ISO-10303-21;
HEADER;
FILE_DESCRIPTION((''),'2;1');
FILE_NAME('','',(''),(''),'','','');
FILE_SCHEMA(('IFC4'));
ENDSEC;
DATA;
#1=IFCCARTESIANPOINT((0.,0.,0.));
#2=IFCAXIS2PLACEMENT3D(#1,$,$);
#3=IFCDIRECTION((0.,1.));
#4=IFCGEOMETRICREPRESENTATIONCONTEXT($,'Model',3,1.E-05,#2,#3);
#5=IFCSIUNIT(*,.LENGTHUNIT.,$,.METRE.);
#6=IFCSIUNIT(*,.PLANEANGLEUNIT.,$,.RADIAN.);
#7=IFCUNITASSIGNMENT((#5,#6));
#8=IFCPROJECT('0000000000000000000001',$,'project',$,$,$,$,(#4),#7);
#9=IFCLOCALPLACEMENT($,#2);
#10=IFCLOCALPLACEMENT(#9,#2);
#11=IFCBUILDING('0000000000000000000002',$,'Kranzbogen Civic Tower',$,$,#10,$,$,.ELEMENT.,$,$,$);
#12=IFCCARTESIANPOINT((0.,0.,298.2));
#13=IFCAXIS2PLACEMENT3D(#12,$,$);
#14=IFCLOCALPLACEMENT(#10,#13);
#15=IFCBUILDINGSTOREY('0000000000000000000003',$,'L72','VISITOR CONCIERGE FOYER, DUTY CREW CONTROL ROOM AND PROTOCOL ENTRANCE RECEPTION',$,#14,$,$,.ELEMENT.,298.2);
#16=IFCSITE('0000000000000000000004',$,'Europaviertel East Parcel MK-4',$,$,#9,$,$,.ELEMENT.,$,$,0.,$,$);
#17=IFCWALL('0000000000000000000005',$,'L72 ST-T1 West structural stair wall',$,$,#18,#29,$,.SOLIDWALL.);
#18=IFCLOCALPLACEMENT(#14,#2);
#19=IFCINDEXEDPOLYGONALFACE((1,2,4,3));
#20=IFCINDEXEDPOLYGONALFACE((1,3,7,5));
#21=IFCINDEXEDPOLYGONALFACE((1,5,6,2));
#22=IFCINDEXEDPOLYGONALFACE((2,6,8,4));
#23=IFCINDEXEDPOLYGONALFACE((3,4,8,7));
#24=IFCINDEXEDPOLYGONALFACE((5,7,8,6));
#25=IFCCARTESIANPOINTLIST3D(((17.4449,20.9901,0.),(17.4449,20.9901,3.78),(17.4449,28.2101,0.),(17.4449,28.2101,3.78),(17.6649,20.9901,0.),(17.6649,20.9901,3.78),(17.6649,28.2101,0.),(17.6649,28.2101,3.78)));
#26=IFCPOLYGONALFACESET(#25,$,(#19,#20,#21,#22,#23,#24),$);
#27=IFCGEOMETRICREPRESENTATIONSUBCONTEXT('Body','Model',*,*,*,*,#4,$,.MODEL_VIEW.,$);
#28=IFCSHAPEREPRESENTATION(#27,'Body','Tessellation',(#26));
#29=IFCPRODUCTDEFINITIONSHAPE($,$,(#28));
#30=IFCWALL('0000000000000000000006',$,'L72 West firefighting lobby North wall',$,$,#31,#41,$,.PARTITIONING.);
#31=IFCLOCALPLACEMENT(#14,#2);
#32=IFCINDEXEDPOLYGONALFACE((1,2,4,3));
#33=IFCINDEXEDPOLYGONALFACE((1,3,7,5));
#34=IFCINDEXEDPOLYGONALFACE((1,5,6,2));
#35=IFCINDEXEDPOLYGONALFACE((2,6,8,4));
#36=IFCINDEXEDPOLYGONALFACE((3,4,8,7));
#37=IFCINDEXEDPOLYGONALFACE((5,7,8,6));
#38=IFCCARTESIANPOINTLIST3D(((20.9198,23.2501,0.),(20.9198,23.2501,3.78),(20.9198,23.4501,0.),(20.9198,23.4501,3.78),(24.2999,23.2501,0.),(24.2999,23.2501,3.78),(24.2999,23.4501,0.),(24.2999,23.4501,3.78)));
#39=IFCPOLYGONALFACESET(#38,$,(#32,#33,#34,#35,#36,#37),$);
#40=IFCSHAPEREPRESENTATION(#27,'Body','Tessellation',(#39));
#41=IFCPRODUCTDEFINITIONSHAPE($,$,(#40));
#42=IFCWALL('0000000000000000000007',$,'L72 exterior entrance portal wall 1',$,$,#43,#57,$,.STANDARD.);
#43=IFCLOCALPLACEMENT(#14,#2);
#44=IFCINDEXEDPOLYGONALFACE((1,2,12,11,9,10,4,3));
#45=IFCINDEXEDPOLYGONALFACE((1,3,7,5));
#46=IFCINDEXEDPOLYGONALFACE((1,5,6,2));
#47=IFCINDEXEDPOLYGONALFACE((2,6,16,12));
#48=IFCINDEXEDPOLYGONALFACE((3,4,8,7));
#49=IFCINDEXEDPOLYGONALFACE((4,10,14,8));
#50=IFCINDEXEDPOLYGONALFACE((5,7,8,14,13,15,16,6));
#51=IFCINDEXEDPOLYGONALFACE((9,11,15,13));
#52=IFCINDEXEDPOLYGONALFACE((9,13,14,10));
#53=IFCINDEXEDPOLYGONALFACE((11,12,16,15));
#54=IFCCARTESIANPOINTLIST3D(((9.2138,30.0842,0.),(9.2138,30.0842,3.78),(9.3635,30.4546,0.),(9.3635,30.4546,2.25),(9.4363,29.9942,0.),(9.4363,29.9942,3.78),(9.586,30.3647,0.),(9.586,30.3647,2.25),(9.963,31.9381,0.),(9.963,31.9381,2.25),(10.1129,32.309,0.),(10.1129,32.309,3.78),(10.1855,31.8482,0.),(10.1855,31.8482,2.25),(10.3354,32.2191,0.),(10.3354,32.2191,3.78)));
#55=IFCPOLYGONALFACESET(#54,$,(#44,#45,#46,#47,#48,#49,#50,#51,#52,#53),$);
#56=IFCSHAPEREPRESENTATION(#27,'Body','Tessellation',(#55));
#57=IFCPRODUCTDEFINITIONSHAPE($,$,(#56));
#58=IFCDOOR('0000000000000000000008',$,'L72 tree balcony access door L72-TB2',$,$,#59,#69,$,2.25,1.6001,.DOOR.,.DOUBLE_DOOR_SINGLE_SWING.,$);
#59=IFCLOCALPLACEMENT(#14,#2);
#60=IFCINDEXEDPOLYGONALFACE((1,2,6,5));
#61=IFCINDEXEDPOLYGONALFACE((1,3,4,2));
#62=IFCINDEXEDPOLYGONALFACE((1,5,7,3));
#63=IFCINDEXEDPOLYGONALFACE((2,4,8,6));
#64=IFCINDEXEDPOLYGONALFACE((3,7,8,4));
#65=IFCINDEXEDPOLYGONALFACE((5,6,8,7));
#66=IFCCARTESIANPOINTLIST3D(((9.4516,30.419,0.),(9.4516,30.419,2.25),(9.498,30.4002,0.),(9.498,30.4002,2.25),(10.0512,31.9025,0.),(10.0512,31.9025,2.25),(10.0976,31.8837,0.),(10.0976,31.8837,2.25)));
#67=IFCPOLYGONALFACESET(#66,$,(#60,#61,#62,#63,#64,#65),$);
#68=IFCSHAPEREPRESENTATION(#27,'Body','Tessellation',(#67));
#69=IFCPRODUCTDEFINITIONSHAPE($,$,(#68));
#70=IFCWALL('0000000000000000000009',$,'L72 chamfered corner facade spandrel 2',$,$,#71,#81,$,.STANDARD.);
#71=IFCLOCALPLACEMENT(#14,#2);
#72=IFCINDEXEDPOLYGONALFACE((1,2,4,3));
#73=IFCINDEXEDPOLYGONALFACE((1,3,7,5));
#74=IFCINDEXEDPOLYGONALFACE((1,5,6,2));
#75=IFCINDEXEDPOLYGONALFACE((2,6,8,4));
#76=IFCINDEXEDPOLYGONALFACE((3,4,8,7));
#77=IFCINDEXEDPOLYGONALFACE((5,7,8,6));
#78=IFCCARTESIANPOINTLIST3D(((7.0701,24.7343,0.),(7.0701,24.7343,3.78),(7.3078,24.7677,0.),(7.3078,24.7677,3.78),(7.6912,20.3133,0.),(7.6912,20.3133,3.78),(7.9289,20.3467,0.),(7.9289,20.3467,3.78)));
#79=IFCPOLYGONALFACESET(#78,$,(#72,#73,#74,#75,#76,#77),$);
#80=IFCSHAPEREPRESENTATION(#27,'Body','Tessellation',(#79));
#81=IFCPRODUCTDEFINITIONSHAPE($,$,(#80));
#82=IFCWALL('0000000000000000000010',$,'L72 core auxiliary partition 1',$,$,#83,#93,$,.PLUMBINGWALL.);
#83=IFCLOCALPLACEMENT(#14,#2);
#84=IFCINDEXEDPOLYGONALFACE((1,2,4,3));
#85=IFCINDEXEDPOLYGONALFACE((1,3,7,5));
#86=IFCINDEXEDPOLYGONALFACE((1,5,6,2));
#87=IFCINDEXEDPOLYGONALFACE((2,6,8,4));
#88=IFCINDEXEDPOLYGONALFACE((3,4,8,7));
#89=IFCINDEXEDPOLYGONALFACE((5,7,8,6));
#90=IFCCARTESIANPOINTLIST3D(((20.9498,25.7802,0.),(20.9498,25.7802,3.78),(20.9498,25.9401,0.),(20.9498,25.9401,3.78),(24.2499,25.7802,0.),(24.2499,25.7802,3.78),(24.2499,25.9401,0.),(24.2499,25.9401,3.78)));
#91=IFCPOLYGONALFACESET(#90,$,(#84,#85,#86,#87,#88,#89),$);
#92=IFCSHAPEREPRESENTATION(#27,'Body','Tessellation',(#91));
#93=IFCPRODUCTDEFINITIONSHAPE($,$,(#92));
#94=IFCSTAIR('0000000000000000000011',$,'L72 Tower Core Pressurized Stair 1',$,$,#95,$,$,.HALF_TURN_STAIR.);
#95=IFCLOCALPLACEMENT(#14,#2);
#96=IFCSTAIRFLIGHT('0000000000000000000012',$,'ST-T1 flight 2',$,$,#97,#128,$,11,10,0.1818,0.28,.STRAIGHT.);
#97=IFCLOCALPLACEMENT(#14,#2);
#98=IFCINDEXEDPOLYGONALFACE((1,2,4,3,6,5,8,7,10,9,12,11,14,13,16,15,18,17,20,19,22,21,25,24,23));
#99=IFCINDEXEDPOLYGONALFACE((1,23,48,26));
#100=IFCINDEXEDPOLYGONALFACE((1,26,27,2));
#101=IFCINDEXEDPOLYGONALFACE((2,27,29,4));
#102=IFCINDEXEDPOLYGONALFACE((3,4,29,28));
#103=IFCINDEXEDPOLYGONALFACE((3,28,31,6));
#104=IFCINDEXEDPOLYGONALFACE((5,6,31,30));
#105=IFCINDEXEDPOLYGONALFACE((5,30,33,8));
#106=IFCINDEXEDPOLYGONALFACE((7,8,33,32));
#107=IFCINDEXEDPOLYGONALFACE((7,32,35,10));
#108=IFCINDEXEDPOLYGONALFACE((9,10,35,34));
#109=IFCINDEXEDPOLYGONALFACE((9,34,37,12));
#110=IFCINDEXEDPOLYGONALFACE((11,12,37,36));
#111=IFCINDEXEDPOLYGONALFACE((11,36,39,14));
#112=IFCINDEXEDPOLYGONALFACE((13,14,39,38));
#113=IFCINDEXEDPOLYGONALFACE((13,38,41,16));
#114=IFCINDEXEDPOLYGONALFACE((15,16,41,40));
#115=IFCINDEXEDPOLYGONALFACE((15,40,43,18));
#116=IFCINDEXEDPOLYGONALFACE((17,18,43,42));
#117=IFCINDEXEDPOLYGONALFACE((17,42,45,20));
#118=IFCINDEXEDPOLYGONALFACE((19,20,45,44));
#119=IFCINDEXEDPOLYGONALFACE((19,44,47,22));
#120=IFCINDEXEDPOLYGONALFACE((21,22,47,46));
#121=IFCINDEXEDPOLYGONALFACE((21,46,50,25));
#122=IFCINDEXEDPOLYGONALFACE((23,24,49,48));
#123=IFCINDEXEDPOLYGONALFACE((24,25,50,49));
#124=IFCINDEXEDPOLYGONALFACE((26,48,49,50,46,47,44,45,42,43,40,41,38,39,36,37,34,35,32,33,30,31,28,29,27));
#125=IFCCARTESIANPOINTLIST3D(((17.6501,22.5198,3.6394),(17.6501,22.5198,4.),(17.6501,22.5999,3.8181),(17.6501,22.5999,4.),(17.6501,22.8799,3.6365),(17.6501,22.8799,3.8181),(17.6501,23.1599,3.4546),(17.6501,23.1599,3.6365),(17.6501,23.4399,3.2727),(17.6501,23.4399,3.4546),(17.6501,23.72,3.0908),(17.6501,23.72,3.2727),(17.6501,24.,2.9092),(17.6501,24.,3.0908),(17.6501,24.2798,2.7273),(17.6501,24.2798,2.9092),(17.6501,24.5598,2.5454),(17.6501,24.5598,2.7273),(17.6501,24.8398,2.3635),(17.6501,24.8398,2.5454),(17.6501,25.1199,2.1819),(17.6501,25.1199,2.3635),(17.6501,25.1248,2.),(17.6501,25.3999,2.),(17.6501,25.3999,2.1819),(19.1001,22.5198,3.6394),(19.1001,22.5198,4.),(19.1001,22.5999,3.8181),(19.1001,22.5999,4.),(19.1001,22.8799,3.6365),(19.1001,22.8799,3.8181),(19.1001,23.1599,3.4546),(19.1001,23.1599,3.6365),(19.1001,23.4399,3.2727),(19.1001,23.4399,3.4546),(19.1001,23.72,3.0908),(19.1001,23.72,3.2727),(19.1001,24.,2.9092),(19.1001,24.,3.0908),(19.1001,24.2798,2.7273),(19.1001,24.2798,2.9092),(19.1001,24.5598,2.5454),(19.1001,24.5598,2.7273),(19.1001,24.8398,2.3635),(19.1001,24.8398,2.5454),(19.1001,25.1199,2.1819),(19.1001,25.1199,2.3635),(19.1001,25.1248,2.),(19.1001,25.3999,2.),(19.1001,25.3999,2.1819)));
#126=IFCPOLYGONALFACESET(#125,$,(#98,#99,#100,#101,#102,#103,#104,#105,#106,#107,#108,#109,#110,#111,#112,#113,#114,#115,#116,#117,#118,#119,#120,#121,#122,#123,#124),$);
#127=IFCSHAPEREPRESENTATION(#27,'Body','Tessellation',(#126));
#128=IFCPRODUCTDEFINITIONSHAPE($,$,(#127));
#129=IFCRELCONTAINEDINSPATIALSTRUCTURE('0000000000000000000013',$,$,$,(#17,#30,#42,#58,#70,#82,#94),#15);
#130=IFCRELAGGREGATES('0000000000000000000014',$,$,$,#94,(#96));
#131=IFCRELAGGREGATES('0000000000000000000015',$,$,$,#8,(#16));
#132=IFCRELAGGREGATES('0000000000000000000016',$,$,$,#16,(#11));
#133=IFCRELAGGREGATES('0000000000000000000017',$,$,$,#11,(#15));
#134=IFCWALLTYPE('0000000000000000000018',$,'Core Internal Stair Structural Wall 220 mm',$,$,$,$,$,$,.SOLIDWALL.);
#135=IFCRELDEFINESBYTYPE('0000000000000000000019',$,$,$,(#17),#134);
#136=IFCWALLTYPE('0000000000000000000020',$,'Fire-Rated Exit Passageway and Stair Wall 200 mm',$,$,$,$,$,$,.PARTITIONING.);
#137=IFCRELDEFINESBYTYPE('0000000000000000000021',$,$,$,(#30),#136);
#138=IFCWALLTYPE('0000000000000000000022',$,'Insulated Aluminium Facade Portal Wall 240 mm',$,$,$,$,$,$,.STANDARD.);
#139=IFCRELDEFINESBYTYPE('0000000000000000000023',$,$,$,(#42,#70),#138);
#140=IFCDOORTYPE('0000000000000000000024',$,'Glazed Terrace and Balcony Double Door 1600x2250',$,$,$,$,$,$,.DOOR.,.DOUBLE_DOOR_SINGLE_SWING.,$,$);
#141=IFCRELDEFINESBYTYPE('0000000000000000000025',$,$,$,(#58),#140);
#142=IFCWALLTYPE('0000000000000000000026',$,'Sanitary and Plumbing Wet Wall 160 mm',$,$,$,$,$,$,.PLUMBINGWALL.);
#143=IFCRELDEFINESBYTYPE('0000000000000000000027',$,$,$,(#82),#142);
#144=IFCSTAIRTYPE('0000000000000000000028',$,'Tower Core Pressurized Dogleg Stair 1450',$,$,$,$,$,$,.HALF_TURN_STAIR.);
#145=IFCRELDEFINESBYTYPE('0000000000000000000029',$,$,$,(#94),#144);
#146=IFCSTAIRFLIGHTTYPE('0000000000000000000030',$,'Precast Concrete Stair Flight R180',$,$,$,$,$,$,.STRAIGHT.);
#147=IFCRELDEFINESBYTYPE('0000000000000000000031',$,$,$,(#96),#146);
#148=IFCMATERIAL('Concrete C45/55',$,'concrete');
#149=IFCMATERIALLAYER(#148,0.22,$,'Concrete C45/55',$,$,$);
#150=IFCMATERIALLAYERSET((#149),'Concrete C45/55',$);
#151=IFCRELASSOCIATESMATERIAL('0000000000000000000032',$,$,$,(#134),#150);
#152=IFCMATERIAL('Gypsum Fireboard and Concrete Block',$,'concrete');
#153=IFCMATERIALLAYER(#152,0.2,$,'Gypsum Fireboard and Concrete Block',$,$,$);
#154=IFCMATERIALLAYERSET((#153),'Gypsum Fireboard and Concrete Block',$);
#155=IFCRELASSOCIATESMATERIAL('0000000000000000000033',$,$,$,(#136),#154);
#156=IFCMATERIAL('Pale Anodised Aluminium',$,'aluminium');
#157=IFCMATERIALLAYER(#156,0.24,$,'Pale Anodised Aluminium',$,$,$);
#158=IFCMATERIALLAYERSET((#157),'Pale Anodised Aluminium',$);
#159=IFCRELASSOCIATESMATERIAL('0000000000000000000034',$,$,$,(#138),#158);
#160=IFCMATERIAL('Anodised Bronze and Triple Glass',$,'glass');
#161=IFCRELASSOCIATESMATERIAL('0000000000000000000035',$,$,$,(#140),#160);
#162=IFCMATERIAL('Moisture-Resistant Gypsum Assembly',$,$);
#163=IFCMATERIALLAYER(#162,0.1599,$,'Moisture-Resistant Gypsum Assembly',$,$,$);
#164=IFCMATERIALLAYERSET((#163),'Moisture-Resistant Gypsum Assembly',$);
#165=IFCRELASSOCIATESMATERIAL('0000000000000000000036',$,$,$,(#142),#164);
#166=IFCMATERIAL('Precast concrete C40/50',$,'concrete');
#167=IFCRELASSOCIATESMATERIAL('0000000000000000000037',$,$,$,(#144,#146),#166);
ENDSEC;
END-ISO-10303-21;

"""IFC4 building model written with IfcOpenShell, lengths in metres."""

from ifc_helpers import new_model, si_unit, direction, frame, frame_2d, origin, place, context, subcontext, project, spatial, polyline, rectangle, outline, extrude, material, layer, layer_set, type_object, element, fill, aggregate, save


model = new_model("IFC4")

# Units and contexts
model_context = context("Model", 3, precision=1e-05, world=origin(), true_north=direction((0.0, 1.0)))
body_context = subcontext(model_context, "Body", "Model", "MODEL_VIEW")
ifc_project = project(units=[si_unit("LENGTHUNIT", "METRE"), si_unit("PLANEANGLEUNIT", "RADIAN")], contexts=[model_context])

# Site, building, storey
site_placement = place(None, origin())
site = spatial("IfcSite", under=ifc_project, at=site_placement, Name="Europaviertel East Parcel MK-4", CompositionType="ELEMENT", RefElevation=0.0)
building_placement = place(site_placement, origin())
building = spatial("IfcBuilding", under=site, at=building_placement, Name="Kranzbogen Civic Tower", CompositionType="ELEMENT")
storey_placement = place(building_placement, frame((0.0, 0.0, 298.2)))
storey = spatial("IfcBuildingStorey", under=building, at=storey_placement, Name="L72", Description="VISITOR CONCIERGE FOYER, DUTY CREW CONTROL ROOM AND PROTOCOL ENTRANCE RECEPTION", CompositionType="ELEMENT", Elevation=298.2)

# Shared definitions
ifc_material_1 = material(Name="Pale Anodised Aluminium", Category="aluminium")

# Shared definitions
ifc_material_2 = material(Name="Concrete C45/55", Category="concrete")

# Walls
ifc_layer_1 = layer(ifc_material_2, 0.22, Name="Concrete C45/55")
ifc_layer_set_1 = layer_set([ifc_layer_1], Name="Concrete C45/55")
wall_type_1 = type_object("IfcWallType", Name="Core Internal Stair Structural Wall 220 mm", PredefinedType="SOLIDWALL", material=ifc_layer_set_1)
wall_1_placement = place(storey_placement, frame((17.5549, 28.21, 0.0), z_axis=(0.0, 0.0, 1.0), x_axis=(0.0, -1.0, 0.0)))
element("IfcWall", 1, at=wall_1_placement, inside=storey, type_object=wall_type_1, Name="L72 ST-T1 West structural stair wall", PredefinedType="SOLIDWALL", context=body_context, shape_type="SweptSolid", body=[
    extrude(rectangle(XDim=7.22, YDim=0.22, at=frame_2d((3.6099, 0.0))), origin(), (0.0, 0.0, 1.0), 3.78),
])
ifc_material_3 = material(Name="Gypsum Fireboard and Concrete Block", Category="concrete")
ifc_layer_2 = layer(ifc_material_3, 0.2, Name="Gypsum Fireboard and Concrete Block")
ifc_layer_set_2 = layer_set([ifc_layer_2], Name="Gypsum Fireboard and Concrete Block")
wall_type_2 = type_object("IfcWallType", Name="Fire-Rated Exit Passageway and Stair Wall 200 mm", PredefinedType="PARTITIONING", material=ifc_layer_set_2)
wall_2_placement = place(storey_placement, frame((20.9199, 23.3501, 0.0), z_axis=(0.0, 0.0, 1.0), x_axis=(1.0, 0.0, 0.0)))
element("IfcWall", 2, at=wall_2_placement, inside=storey, type_object=wall_type_2, Name="L72 West firefighting lobby North wall", PredefinedType="PARTITIONING", context=body_context, shape_type="SweptSolid", body=[
    extrude(rectangle(XDim=3.3801, YDim=0.2, at=frame_2d((1.6899, 0.0))), origin(), (0.0, 0.0, 1.0), 3.78),
])

# Wall, opening, door
ifc_layer_3 = layer(ifc_material_1, 0.24, Name="Pale Anodised Aluminium")
ifc_layer_set_3 = layer_set([ifc_layer_3], Name="Pale Anodised Aluminium")
wall_type_3 = type_object("IfcWallType", Name="Insulated Aluminium Facade Portal Wall 240 mm", PredefinedType="STANDARD", material=ifc_layer_set_3)
wall_3_placement = place(storey_placement, frame((10.2241, 32.2639, 0.0), z_axis=(0.0, 0.0, 1.0), x_axis=(-0.374704, -0.927145, 0.0)))
wall_3 = element("IfcWall", 3, at=wall_3_placement, inside=storey, type_object=wall_type_3, Name="L72 exterior entrance portal wall 1", PredefinedType="STANDARD", context=body_context, shape_type="SweptSolid", body=[
    extrude(rectangle(XDim=2.3997, YDim=0.24, at=frame_2d((1.1997, 0.0))), origin(), (0.0, 0.0, 1.0), 3.78),
])
opening_1_placement = place(wall_3_placement, frame((0.3999, 0.0, 0.0)))
opening_1 = element("IfcOpeningElement", 4, at=opening_1_placement, cuts=wall_3, PredefinedType="OPENING", context=body_context, shape_type="SweptSolid", body=[
    extrude(rectangle(XDim=1.6001, YDim=2.25, at=frame_2d((0.8, 1.125))), frame((0.0, 0.1299, 0.0), z_axis=(0.0, -1.0, 0.0), x_axis=(1.0, 0.0, 0.0)), (0.0, 0.0, 1.0), 0.26),
])
ifc_material_4 = material(Name="Anodised Bronze and Triple Glass", Category="glass")
door_type_1 = type_object("IfcDoorType", Name="Glazed Terrace and Balcony Double Door 1600x2250", OperationType="DOUBLE_DOOR_SINGLE_SWING", PredefinedType="DOOR", material=ifc_material_4)
door_1_placement = place(opening_1_placement, frame((1.6001, 0.0, 0.0), z_axis=(0.0, 0.0, 1.0), x_axis=(-1.0, 0.0, 0.0)))
door_1 = element("IfcDoor", 5, at=door_1_placement, inside=storey, type_object=door_type_1, Name="L72 tree balcony access door L72-TB2", OperationType="DOUBLE_DOOR_SINGLE_SWING", OverallHeight=2.25, OverallWidth=1.6001, PredefinedType="DOOR", context=body_context, shape_type="SweptSolid", body=[
    extrude(rectangle(XDim=1.6001, YDim=2.25, at=frame_2d((0.8, 1.125))), frame((0.0, 0.0249, 0.0), z_axis=(0.0, -1.0, 0.0), x_axis=(1.0, 0.0, 0.0)), (0.0, 0.0, 1.0), 0.05),
])
fill(opening_1, door_1)

# Walls
wall_4_placement = place(storey_placement, frame((7.189, 24.751, 0.0), z_axis=(0.0, 0.0, 1.0), x_axis=(0.139124, -0.990275, 0.0)))
element("IfcWall", 6, at=wall_4_placement, inside=storey, type_object=wall_type_3, Name="L72 chamfered corner facade spandrel 2", PredefinedType="STANDARD", context=body_context, shape_type="SweptSolid", body=[
    extrude(rectangle(XDim=4.4644, YDim=0.24, at=frame_2d((2.2322, 0.0))), origin(), (0.0, 0.0, 1.0), 3.78),
])
ifc_material_5 = material(Name="Moisture-Resistant Gypsum Assembly")
ifc_layer_4 = layer(ifc_material_5, 0.1599, Name="Moisture-Resistant Gypsum Assembly")
ifc_layer_set_4 = layer_set([ifc_layer_4], Name="Moisture-Resistant Gypsum Assembly")
wall_type_4 = type_object("IfcWallType", Name="Sanitary and Plumbing Wet Wall 160 mm", PredefinedType="PLUMBINGWALL", material=ifc_layer_set_4)
wall_5_placement = place(storey_placement, frame((20.95, 25.8601, 0.0), z_axis=(0.0, 0.0, 1.0), x_axis=(1.0, 0.0, 0.0)))
element("IfcWall", 7, at=wall_5_placement, inside=storey, type_object=wall_type_4, Name="L72 core auxiliary partition 1", PredefinedType="PLUMBINGWALL", context=body_context, shape_type="SweptSolid", body=[
    extrude(rectangle(XDim=3.3, YDim=0.1599, at=frame_2d((1.6499, 0.0))), origin(), (0.0, 0.0, 1.0), 3.78),
])

# Stair, stair flight
ifc_material_6 = material(Name="Precast concrete C40/50", Category="concrete")
stair_type = type_object("IfcStairType", Name="Tower Core Pressurized Dogleg Stair 1450", PredefinedType="HALF_TURN_STAIR", material=ifc_material_6)
stair_placement = place(storey_placement, origin())
stair = element("IfcStair", 8, at=stair_placement, inside=storey, type_object=stair_type, Name="L72 Tower Core Pressurized Stair 1", PredefinedType="HALF_TURN_STAIR")
stair_flight_type = type_object("IfcStairFlightType", Name="Precast Concrete Stair Flight R180", PredefinedType="STRAIGHT", material=ifc_material_6)
stair_flight_placement = place(storey_placement, frame((18.375, 25.3999, 2.0), z_axis=(0.0, 0.0, 1.0), x_axis=(0.0, -1.0, 0.0)))
stair_flight = element("IfcStairFlight", 9, at=stair_flight_placement, type_object=stair_flight_type, Name="ST-T1 flight 2", NumberOfRisers=11, NumberOfTreads=10, PredefinedType="STRAIGHT", RiserHeight=0.1818, TreadLength=0.28, context=body_context, shape_type="SweptSolid", body=[
    extrude(outline(polyline([(0.0, 0.0), (0.0, 0.1819), (0.28, 0.1819), (0.28, 0.3635), (0.5601, 0.3635), (0.5601, 0.5454), (0.8401, 0.5454), (0.8401, 0.7273), (1.1201, 0.7273), (1.1201, 0.9092), (1.3999, 0.9092), (1.3999, 1.0908), (1.6799, 1.0908), (1.6799, 1.2727), (1.96, 1.2727), (1.96, 1.4546), (2.24, 1.4546), (2.24, 1.6365), (2.52, 1.6365), (2.52, 1.8181), (2.8, 1.8181), (2.8, 2.0), (2.8801, 2.0), (2.8801, 1.6394), (0.2751, 0.0), (0.0, 0.0)])), frame((0.0, 0.7251, 0.0), z_axis=(0.0, -1.0, 0.0), x_axis=(1.0, 0.0, 0.0)), (0.0, 0.0, 1.0), 1.45),
])
aggregate(stair, [stair_flight])

save(model, "model.ifc")
